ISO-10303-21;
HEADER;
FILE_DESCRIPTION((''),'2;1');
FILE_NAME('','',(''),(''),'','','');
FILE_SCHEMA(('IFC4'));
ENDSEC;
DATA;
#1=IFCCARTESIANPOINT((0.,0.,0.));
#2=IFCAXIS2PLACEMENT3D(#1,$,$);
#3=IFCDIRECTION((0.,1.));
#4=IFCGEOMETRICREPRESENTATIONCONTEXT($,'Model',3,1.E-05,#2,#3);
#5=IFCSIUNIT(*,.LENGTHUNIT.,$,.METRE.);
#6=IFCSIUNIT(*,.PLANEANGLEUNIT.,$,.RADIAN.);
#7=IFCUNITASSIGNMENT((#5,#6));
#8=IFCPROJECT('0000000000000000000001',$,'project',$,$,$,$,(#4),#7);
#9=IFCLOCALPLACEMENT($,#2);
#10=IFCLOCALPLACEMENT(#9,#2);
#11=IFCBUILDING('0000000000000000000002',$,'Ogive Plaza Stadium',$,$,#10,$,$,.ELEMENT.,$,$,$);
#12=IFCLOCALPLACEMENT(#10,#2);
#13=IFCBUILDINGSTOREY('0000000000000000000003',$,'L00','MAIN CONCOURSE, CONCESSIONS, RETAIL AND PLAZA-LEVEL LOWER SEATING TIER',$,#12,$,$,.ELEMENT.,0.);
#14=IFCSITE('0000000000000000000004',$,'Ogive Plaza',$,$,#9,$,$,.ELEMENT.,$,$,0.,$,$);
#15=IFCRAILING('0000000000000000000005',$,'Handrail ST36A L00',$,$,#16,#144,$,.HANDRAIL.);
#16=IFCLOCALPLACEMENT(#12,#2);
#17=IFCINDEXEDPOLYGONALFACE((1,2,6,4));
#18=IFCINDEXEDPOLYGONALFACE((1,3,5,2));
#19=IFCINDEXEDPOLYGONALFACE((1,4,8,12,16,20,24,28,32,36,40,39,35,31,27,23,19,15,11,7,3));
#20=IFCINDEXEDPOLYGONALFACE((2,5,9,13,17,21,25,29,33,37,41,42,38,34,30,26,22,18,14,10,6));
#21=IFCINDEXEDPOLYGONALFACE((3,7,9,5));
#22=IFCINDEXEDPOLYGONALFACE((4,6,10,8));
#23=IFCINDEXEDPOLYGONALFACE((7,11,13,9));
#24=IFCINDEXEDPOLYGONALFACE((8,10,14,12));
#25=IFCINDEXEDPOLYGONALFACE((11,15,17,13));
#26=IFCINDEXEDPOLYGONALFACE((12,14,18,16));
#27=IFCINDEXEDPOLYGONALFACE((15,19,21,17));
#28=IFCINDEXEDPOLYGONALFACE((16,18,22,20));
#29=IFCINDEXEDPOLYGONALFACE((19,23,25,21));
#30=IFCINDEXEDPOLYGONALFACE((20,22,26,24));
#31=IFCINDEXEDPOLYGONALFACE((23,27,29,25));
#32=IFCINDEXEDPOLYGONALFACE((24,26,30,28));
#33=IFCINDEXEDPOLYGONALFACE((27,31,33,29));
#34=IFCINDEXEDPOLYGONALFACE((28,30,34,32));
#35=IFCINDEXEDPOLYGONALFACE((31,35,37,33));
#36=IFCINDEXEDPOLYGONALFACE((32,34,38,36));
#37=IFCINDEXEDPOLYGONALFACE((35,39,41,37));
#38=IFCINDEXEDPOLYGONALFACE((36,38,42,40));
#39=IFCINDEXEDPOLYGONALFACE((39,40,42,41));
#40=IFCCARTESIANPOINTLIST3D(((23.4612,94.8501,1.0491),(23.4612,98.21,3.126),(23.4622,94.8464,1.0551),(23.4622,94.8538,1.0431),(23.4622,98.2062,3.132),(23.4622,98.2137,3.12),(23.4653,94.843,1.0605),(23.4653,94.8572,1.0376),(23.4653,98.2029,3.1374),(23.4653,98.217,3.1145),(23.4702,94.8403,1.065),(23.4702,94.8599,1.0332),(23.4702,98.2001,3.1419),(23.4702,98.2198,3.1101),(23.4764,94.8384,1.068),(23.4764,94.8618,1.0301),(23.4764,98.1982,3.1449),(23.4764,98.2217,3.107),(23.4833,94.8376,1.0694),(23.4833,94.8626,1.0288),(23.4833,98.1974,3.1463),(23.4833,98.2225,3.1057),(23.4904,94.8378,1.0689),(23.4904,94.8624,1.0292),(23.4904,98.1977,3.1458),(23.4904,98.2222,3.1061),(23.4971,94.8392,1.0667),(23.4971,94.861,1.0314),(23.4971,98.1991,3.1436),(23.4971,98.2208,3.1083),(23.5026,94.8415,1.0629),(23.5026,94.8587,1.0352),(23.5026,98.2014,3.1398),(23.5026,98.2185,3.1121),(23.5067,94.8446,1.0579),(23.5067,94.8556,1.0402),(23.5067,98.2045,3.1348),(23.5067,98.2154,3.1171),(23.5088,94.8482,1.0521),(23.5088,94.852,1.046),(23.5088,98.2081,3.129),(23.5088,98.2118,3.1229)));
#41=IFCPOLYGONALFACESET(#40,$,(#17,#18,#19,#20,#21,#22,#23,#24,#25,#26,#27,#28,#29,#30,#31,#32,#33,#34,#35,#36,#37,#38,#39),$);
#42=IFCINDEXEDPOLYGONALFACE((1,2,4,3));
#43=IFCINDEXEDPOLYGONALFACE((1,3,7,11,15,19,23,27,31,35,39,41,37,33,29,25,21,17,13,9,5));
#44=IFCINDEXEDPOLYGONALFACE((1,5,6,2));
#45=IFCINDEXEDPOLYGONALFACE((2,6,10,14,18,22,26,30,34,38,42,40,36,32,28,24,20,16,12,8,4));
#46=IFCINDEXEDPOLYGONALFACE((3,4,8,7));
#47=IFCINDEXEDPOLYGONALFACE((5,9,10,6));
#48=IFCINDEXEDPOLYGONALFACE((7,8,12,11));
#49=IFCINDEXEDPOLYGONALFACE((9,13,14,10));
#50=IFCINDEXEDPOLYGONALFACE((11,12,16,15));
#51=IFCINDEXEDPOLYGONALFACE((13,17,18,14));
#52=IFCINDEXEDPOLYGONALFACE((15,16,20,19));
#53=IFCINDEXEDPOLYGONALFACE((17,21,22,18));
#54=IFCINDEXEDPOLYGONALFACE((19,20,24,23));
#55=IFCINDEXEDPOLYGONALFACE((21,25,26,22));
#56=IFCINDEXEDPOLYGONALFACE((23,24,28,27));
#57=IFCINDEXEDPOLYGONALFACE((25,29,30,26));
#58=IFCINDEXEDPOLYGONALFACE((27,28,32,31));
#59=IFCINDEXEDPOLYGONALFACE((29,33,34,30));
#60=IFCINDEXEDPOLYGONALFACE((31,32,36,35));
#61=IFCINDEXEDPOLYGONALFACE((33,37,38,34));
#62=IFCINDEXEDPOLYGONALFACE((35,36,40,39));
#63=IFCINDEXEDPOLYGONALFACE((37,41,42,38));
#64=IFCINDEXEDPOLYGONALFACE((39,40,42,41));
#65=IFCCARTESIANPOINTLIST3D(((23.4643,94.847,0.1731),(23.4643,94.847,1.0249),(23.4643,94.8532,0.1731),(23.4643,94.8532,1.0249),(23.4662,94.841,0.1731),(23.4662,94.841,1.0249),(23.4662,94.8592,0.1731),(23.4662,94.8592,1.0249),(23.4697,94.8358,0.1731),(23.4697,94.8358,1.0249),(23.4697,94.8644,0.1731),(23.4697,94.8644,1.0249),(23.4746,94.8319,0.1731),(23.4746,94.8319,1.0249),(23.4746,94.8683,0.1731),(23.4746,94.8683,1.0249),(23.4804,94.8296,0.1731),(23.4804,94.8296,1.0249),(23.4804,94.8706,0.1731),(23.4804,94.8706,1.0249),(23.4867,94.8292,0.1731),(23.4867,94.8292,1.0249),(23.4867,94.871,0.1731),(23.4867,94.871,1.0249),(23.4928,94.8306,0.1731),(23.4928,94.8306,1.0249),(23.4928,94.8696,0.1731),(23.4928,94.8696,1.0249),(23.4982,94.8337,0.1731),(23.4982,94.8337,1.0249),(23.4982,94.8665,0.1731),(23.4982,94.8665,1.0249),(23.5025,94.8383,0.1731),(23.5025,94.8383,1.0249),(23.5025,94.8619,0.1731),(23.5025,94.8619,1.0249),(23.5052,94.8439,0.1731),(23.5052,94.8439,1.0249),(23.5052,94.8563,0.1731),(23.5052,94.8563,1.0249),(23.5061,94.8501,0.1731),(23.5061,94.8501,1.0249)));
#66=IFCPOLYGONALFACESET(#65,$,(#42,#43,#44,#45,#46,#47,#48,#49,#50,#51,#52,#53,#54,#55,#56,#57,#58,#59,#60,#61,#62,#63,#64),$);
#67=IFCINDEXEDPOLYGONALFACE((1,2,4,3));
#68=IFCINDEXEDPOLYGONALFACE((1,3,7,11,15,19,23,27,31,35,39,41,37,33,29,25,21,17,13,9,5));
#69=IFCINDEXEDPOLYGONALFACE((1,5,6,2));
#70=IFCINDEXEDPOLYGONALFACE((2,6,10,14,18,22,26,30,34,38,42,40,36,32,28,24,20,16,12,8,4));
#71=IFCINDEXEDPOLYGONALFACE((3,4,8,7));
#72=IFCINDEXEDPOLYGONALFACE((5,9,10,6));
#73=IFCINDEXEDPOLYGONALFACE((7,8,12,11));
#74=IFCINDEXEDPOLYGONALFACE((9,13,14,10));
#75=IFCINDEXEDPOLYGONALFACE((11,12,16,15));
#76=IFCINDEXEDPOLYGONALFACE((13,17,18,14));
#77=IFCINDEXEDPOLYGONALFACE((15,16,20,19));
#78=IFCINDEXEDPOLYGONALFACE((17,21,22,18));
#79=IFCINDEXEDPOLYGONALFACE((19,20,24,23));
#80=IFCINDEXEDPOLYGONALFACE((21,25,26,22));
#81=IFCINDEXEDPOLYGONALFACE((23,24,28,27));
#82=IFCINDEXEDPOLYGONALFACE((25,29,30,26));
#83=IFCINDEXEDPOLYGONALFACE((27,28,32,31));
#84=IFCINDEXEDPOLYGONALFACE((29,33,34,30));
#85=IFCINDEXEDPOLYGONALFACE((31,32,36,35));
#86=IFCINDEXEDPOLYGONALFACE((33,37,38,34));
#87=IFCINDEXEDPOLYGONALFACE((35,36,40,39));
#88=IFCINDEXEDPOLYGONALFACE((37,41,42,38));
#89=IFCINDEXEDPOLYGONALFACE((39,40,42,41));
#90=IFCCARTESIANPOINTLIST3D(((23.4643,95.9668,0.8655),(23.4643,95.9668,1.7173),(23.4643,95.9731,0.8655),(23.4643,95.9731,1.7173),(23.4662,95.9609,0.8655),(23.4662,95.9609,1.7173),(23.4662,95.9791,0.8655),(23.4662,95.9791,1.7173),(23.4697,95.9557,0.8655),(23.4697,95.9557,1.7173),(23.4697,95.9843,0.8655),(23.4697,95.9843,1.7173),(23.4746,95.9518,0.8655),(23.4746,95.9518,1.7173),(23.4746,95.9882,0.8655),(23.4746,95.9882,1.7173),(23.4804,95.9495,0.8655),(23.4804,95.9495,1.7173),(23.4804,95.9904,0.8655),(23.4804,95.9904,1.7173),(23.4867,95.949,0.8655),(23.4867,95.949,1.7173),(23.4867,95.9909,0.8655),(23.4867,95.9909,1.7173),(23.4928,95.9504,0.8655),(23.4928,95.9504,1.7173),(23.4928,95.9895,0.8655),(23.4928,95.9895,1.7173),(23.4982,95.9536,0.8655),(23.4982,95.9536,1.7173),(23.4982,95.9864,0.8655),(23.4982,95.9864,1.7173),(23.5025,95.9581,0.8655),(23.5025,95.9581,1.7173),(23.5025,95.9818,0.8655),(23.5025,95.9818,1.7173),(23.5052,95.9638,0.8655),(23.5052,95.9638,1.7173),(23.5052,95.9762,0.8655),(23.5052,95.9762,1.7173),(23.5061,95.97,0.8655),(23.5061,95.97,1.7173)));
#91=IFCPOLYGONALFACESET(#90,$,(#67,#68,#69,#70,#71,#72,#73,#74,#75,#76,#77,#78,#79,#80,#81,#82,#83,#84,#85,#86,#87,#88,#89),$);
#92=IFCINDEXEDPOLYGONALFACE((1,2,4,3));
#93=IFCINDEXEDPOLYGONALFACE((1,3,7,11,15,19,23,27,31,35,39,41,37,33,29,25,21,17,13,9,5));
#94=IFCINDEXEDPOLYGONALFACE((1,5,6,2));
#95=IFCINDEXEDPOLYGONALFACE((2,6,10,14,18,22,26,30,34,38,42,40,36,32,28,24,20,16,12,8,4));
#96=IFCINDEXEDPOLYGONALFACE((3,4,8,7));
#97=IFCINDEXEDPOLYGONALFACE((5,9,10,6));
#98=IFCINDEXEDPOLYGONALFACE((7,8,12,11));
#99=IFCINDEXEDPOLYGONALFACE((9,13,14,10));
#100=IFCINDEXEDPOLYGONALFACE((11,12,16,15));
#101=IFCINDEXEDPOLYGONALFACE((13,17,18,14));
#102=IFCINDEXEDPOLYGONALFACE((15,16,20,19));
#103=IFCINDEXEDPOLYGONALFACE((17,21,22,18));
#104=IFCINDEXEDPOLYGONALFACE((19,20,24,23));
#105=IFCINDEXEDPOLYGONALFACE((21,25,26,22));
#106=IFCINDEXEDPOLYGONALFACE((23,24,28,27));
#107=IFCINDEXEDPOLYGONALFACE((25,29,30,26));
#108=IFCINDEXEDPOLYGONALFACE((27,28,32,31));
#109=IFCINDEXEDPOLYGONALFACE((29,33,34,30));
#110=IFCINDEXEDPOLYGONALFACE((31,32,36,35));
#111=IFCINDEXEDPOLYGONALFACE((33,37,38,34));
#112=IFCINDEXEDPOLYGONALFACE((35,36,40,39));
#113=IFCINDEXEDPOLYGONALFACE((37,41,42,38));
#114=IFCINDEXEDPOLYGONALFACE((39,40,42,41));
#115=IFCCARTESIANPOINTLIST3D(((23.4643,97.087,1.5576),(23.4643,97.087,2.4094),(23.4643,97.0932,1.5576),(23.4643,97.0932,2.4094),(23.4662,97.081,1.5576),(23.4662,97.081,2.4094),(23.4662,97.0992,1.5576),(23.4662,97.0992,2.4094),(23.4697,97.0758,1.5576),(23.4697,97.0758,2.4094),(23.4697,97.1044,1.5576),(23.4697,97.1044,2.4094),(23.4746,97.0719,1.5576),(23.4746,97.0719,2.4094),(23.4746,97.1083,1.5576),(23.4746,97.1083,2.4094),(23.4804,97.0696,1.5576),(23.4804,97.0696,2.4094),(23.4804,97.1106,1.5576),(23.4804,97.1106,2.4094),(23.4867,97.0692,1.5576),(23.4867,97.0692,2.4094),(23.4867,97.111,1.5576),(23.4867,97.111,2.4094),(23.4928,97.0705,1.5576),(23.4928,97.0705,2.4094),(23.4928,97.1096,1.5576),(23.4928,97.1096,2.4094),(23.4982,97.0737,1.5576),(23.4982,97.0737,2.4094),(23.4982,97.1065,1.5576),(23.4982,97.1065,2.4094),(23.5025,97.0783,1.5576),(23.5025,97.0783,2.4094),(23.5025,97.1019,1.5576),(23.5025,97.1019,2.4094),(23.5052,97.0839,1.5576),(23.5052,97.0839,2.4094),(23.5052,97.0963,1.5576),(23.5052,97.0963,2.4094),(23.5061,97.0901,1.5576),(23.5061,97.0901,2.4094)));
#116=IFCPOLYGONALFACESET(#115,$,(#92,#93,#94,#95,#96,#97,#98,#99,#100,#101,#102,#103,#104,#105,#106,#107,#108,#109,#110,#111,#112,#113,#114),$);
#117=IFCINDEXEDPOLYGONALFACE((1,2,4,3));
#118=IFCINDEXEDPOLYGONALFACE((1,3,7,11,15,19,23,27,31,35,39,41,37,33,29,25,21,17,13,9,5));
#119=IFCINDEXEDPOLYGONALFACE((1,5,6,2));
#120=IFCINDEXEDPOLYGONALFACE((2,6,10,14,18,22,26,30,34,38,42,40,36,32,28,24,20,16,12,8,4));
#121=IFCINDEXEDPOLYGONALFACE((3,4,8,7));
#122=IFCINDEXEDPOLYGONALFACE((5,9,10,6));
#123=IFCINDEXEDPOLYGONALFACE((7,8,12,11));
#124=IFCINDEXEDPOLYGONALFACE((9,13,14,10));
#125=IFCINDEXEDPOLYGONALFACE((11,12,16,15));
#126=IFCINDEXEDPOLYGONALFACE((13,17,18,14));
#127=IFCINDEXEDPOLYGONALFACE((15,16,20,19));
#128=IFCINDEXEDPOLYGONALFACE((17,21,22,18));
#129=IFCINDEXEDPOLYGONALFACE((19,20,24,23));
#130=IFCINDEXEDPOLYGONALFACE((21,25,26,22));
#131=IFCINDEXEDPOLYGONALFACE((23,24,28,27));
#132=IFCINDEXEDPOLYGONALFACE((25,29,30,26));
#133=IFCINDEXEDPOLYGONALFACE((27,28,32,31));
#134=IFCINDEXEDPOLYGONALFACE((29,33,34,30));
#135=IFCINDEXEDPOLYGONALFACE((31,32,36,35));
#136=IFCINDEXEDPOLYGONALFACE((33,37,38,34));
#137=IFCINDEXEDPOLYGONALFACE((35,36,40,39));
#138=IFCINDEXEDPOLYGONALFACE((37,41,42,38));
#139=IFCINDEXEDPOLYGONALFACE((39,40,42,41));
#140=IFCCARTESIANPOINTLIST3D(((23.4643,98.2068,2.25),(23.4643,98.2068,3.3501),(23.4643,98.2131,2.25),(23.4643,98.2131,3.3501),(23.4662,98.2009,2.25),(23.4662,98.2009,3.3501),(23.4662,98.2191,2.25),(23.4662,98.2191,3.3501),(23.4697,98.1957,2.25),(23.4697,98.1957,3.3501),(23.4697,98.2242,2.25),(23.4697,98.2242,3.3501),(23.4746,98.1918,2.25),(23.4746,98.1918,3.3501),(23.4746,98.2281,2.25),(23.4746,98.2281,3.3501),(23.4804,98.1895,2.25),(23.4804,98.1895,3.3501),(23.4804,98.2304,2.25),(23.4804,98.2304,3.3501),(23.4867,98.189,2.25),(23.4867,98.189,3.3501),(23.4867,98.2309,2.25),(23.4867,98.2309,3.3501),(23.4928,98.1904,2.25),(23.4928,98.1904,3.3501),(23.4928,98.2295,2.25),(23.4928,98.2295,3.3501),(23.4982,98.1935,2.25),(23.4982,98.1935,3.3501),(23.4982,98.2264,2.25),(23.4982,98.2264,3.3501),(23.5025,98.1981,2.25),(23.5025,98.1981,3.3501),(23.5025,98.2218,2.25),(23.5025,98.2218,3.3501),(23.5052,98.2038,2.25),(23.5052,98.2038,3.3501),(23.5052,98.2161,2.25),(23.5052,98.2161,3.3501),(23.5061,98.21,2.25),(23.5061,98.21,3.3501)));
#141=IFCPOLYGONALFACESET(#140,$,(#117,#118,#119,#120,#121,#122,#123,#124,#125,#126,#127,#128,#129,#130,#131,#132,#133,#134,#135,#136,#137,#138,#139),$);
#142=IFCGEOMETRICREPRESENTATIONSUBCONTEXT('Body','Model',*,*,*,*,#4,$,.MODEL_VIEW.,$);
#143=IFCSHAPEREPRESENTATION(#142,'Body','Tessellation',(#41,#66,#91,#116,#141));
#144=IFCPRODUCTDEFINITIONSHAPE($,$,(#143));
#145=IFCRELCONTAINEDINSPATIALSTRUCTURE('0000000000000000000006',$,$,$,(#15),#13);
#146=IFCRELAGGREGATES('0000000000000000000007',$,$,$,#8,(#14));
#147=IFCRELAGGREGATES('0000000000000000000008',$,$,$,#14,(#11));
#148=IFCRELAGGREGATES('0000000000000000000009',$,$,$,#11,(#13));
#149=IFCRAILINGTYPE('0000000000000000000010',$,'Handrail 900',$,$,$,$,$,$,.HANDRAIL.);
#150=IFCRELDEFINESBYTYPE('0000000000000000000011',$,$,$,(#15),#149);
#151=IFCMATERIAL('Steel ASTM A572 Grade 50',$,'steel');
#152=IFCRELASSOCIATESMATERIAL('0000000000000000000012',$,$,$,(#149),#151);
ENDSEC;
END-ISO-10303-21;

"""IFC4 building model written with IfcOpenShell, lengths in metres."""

from ifc_helpers import new_model, si_unit, direction, frame, origin, origin_2d, place, context, subcontext, project, spatial, circle, extrude, material, type_object, element, save


model = new_model("IFC4")

# Units and contexts
model_context = context("Model", 3, precision=1e-05, world=origin(), true_north=direction((0.0, 1.0)))
body_context = subcontext(model_context, "Body", "Model", "MODEL_VIEW")
ifc_project = project(units=[si_unit("LENGTHUNIT", "METRE"), si_unit("PLANEANGLEUNIT", "RADIAN")], contexts=[model_context])

# Site, building, storey
site_placement = place(None, origin())
site = spatial("IfcSite", under=ifc_project, at=site_placement, Name="Ogive Plaza", CompositionType="ELEMENT", RefElevation=0.0)
building_placement = place(site_placement, origin())
building = spatial("IfcBuilding", under=site, at=building_placement, Name="Ogive Plaza Stadium", CompositionType="ELEMENT")
storey_placement = place(building_placement, origin())
storey = spatial("IfcBuildingStorey", under=building, at=storey_placement, Name="L00", Description="MAIN CONCOURSE, CONCESSIONS, RETAIL AND PLAZA-LEVEL LOWER SEATING TIER", CompositionType="ELEMENT", Elevation=0.0)

# Railing
ifc_material_1 = material(Name="Steel ASTM A572 Grade 50", Category="steel")
railing_type = type_object("IfcRailingType", Name="Handrail 900", PredefinedType="HANDRAIL", material=ifc_material_1)
for number, where, name in (
    (1, (23.4851, 94.8501, 0.1731), "Handrail ST36A L00"),
):
    element("IfcRailing", number, at=place(storey_placement, frame(where)), inside=storey, type_object=railing_type, Name=name, PredefinedType="HANDRAIL", context=body_context, shape_type="SweptSolid", body=[
        extrude(circle(Radius=0.0239, at=origin_2d()), frame((0.0, 0.0, 0.876), z_axis=(0.0, 0.850606, 0.525803), x_axis=(-1.0, 0.0, 0.0)), (0.0, 0.0, 1.0), 3.95),
        extrude(circle(Radius=0.021, at=origin_2d()), origin(), (0.0, 0.0, 1.0), 0.8518),
        extrude(circle(Radius=0.021, at=origin_2d()), frame((0.0, 1.1199, 0.6924)), (0.0, 0.0, 1.0), 0.8518),
        extrude(circle(Radius=0.021, at=origin_2d()), frame((0.0, 2.24, 1.3845)), (0.0, 0.0, 1.0), 0.8518),
        extrude(circle(Radius=0.021, at=origin_2d()), frame((0.0, 3.3599, 2.0769)), (0.0, 0.0, 1.0), 1.1001),
    ])

save(model, "model.ifc")
